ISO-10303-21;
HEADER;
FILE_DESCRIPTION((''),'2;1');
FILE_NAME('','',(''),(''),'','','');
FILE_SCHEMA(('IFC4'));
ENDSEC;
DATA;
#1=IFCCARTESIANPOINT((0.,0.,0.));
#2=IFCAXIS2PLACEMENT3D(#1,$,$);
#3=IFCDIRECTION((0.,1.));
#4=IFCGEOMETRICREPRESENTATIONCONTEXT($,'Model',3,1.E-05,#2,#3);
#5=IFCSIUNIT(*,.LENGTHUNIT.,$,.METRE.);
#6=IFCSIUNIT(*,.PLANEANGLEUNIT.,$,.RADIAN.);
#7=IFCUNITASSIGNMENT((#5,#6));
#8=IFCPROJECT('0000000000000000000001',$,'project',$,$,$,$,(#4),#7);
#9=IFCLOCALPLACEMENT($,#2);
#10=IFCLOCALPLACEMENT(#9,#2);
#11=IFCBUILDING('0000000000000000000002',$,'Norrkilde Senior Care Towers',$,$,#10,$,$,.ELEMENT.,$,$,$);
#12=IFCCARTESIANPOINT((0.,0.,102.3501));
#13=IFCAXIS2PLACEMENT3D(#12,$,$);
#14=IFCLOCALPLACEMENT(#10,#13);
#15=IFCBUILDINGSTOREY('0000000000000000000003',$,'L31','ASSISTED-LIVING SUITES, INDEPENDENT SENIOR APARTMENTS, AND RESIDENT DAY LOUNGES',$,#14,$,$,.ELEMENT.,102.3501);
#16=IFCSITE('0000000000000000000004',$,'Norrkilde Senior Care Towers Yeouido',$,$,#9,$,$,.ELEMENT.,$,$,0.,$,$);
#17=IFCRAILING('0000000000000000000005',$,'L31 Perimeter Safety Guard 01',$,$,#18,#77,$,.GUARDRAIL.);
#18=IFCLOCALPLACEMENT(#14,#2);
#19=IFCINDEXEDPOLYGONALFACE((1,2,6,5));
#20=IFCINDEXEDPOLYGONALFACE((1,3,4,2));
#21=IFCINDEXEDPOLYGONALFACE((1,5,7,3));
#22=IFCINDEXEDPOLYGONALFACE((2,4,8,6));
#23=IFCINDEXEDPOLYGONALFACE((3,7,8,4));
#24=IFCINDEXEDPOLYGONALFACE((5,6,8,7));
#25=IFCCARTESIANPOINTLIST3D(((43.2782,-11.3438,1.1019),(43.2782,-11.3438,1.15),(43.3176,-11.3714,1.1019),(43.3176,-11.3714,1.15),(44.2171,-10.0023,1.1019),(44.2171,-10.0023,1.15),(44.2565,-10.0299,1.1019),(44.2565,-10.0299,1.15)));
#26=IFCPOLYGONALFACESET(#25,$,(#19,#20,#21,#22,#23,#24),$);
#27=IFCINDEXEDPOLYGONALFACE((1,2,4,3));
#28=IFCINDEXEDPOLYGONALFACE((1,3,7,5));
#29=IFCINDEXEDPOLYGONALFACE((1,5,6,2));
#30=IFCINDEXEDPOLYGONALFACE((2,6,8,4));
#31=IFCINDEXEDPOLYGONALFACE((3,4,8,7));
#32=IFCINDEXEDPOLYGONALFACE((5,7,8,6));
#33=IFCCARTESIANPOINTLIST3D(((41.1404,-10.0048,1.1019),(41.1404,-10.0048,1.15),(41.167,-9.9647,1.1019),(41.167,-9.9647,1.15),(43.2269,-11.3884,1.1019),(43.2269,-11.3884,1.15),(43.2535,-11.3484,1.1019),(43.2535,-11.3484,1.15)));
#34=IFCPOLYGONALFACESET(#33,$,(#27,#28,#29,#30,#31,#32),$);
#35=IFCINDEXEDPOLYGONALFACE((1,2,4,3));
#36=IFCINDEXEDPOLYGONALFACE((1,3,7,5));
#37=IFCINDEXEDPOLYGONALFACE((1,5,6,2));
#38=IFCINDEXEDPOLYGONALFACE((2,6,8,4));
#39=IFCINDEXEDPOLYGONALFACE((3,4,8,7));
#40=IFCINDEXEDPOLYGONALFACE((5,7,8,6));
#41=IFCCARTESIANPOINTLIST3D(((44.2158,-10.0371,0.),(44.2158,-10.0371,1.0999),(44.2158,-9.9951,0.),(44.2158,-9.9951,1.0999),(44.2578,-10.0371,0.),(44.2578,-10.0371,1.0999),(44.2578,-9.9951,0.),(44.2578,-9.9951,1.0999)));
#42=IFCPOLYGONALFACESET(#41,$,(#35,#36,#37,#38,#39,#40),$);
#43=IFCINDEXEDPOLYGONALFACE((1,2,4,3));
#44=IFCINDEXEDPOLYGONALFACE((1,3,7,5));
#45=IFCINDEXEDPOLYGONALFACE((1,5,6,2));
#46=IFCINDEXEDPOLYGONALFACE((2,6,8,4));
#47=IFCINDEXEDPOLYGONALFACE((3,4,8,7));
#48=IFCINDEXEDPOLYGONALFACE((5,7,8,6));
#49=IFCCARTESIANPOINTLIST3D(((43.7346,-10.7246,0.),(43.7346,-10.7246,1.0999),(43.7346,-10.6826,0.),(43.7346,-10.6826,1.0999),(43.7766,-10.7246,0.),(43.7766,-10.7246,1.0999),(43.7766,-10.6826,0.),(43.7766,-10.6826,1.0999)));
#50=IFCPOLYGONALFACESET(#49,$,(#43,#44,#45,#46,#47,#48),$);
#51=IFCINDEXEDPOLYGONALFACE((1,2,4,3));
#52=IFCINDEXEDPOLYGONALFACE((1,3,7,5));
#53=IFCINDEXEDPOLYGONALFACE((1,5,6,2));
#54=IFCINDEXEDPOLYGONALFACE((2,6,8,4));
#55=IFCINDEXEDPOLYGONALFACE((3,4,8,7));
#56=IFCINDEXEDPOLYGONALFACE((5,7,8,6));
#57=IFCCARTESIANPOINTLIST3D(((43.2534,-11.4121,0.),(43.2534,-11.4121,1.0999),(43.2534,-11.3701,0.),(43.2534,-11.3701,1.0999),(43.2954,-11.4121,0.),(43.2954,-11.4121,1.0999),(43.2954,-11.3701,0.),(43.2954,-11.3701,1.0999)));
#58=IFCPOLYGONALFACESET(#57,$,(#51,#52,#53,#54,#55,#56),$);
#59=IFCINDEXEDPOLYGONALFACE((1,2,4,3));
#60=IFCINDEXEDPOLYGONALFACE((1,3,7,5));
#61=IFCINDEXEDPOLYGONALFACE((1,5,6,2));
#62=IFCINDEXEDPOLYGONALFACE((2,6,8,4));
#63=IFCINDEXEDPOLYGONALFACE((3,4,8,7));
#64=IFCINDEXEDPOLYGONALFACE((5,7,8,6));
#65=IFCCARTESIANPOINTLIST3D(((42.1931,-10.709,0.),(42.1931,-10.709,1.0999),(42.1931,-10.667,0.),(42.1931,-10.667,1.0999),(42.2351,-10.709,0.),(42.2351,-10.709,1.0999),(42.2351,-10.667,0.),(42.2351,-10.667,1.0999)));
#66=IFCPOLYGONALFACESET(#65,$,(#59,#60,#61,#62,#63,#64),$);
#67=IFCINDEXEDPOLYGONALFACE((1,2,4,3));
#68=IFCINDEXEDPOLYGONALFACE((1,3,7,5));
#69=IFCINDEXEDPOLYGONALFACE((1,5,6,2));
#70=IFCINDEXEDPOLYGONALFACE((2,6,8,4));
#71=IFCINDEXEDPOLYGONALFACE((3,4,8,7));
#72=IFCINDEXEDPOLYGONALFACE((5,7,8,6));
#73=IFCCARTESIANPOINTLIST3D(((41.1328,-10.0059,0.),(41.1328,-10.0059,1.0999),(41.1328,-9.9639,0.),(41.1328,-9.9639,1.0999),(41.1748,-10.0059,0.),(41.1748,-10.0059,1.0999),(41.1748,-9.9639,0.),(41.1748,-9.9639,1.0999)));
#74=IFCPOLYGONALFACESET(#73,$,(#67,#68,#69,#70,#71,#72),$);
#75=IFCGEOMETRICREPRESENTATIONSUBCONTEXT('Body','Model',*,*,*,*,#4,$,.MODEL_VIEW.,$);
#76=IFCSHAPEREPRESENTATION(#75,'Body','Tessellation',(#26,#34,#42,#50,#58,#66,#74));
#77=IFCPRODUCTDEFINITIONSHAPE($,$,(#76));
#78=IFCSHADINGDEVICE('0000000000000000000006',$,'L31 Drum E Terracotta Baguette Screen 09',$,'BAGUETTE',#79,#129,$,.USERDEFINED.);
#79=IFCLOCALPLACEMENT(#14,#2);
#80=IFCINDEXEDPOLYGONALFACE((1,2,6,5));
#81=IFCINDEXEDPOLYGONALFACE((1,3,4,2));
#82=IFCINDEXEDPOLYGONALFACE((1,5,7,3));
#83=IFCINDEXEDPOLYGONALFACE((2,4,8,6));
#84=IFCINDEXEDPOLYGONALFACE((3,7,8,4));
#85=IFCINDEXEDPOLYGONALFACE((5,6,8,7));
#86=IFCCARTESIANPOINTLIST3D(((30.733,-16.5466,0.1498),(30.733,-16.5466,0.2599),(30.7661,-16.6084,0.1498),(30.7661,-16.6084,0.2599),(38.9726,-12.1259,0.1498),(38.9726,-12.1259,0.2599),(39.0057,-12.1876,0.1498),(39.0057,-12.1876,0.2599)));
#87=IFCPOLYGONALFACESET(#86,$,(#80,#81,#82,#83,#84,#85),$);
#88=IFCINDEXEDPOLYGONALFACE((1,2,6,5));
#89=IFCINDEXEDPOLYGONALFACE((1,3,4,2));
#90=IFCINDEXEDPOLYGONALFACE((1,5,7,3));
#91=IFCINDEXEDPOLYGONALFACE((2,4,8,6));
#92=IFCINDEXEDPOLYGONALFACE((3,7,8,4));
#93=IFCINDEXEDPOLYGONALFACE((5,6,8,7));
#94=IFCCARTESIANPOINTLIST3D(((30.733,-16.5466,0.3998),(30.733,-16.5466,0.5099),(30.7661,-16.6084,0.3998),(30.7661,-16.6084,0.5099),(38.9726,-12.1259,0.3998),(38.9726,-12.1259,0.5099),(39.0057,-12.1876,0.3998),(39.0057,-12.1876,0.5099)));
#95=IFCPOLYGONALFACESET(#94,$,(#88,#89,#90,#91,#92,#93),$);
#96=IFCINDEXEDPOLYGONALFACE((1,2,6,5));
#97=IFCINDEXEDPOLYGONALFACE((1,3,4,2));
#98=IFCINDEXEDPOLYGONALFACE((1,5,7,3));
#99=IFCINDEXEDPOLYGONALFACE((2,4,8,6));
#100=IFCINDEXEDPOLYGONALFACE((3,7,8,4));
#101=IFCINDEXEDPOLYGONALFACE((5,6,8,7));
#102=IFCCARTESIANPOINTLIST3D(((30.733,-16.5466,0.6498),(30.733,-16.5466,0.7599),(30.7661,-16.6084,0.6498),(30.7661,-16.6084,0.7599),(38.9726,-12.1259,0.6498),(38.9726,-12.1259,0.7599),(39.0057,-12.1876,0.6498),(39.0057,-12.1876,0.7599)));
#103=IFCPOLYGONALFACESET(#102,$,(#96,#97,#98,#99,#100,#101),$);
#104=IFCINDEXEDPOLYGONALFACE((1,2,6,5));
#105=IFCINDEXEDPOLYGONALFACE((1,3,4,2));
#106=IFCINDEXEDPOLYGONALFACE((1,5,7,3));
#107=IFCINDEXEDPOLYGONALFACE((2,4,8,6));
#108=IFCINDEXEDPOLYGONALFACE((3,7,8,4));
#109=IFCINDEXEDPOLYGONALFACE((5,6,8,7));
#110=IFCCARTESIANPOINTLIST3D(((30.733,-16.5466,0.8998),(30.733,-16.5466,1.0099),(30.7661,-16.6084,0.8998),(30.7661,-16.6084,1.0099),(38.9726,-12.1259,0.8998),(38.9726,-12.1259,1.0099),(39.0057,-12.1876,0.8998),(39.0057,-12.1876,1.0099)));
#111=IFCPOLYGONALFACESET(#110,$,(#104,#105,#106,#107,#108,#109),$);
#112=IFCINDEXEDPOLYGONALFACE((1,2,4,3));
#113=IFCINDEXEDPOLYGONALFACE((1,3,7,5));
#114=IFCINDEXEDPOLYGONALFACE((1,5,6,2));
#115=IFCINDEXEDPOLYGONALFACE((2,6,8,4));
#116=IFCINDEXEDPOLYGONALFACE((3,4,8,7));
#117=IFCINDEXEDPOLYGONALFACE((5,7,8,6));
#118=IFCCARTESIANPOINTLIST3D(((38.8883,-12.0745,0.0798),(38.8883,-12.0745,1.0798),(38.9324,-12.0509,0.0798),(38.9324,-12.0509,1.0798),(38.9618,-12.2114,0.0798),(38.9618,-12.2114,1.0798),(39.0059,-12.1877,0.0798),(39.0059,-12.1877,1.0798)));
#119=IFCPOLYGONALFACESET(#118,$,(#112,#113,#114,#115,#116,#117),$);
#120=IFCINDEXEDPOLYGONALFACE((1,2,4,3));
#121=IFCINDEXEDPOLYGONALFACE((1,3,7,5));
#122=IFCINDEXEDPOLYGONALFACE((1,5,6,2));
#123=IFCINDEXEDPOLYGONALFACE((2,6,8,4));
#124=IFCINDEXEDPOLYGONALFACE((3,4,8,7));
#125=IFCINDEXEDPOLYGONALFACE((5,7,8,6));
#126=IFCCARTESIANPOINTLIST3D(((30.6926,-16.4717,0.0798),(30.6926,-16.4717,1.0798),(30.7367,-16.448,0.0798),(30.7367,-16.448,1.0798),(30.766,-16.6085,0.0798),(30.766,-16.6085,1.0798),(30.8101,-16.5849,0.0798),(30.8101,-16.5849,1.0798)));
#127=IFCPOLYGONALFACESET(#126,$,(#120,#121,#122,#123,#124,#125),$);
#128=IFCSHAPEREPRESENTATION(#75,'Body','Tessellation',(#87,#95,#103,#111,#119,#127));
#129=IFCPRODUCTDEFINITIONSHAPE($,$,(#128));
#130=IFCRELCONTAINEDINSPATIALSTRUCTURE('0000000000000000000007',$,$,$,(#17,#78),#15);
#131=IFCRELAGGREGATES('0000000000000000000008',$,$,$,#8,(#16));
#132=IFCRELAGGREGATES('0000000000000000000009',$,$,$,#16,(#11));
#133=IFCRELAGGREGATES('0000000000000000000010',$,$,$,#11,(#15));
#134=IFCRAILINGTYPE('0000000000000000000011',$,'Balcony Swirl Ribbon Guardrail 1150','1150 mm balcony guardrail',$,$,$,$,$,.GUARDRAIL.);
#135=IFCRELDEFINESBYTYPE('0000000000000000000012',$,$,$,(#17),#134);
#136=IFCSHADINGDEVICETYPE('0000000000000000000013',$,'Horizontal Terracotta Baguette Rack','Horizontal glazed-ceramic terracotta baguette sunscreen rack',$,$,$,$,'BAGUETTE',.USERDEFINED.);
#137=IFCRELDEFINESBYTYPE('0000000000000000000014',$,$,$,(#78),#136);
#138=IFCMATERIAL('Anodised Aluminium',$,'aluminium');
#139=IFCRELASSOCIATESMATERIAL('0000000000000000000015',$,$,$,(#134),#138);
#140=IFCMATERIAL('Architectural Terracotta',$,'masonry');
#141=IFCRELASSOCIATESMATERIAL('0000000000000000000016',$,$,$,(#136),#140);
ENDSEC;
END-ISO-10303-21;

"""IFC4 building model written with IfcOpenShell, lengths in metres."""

from ifc_helpers import new_model, si_unit, direction, frame, origin, origin_2d, place, context, subcontext, project, spatial, rectangle, extrude, source, transform, mapped, material, type_object, type_shapes, element, save


model = new_model("IFC4")

# Units and contexts
model_context = context("Model", 3, precision=1e-05, world=origin(), true_north=direction((0.0, 1.0)))
body_context = subcontext(model_context, "Body", "Model", "MODEL_VIEW")
ifc_project = project(units=[si_unit("LENGTHUNIT", "METRE"), si_unit("PLANEANGLEUNIT", "RADIAN")], contexts=[model_context])

# Site, building, storey
site_placement = place(None, origin())
site = spatial("IfcSite", under=ifc_project, at=site_placement, Name="Norrkilde Senior Care Towers Yeouido", CompositionType="ELEMENT", RefElevation=0.0)
building_placement = place(site_placement, origin())
building = spatial("IfcBuilding", under=site, at=building_placement, Name="Norrkilde Senior Care Towers", CompositionType="ELEMENT")
storey_placement = place(building_placement, frame((0.0, 0.0, 102.3501)))
storey = spatial("IfcBuildingStorey", under=building, at=storey_placement, Name="L31", Description="ASSISTED-LIVING SUITES, INDEPENDENT SENIOR APARTMENTS, AND RESIDENT DAY LOUNGES", CompositionType="ELEMENT", Elevation=102.3501)

# Shared definitions
ifc_material_1 = material(Name="Anodised Aluminium", Category="aluminium")

# Railing
railing_type = type_object("IfcRailingType", Name="Balcony Swirl Ribbon Guardrail 1150", Description="1150 mm balcony guardrail", PredefinedType="GUARDRAIL", material=ifc_material_1)
railing_placement = place(storey_placement, frame((44.2368, -10.0161, 0.0)))
element("IfcRailing", 1, at=railing_placement, inside=storey, type_object=railing_type, Name="L31 Perimeter Safety Guard 01", PredefinedType="GUARDRAIL", context=body_context, shape_type="SweptSolid", body=[
    extrude(rectangle(XDim=0.0481, YDim=0.0481, at=origin_2d()), frame((0.0, 0.0, 1.126), z_axis=(-0.573423, -0.819259, 0.0), x_axis=(0.819259, -0.573423, 0.0)), (0.0, 0.0, 1.0), 1.6375),
    extrude(rectangle(XDim=0.0481, YDim=0.0481, at=origin_2d()), frame((-0.9966, -1.3523, 1.126), z_axis=(-0.833406, 0.552661, 0.0), x_axis=(-0.552661, -0.833406, 0.0)), (0.0, 0.0, 1.0), 2.5037),
    extrude(rectangle(XDim=0.042, YDim=0.042, at=origin_2d()), origin(), (0.0, 0.0, 1.0), 1.0999),
    extrude(rectangle(XDim=0.042, YDim=0.042, at=origin_2d()), frame((-0.4812, -0.6875, 0.0)), (0.0, 0.0, 1.0), 1.0999),
    extrude(rectangle(XDim=0.042, YDim=0.042, at=origin_2d()), frame((-0.9624, -1.375, 0.0)), (0.0, 0.0, 1.0), 1.0999),
    extrude(rectangle(XDim=0.042, YDim=0.042, at=origin_2d()), frame((-2.0227, -0.6719, 0.0)), (0.0, 0.0, 1.0), 1.0999),
    extrude(rectangle(XDim=0.042, YDim=0.042, at=origin_2d()), frame((-3.083, 0.0312, 0.0)), (0.0, 0.0, 1.0), 1.0999),
])

# Shading device
ifc_material_2 = material(Name="Architectural Terracotta", Category="masonry")
shading_device_type = type_object("IfcShadingDeviceType", Name="Horizontal Terracotta Baguette Rack", Description="Horizontal glazed-ceramic terracotta baguette sunscreen rack", ElementType="BAGUETTE", PredefinedType="USERDEFINED", material=ifc_material_2)
shared_shape_1 = source(origin(), body_context, "Body", "SweptSolid", [
    extrude(rectangle(XDim=0.0701, YDim=0.1101, at=origin_2d()), frame((0.0, 0.0901, 0.125), z_axis=(1.0, 0.0, 0.0), x_axis=(0.0, 1.0, 0.0)), (0.0, 0.0, 1.0), 9.3506),
    extrude(rectangle(XDim=0.0701, YDim=0.1101, at=origin_2d()), frame((0.0, 0.0901, 0.375), z_axis=(1.0, 0.0, 0.0), x_axis=(0.0, 1.0, 0.0)), (0.0, 0.0, 1.0), 9.3506),
    extrude(rectangle(XDim=0.0701, YDim=0.1101, at=origin_2d()), frame((0.0, 0.0901, 0.625), z_axis=(1.0, 0.0, 0.0), x_axis=(0.0, 1.0, 0.0)), (0.0, 0.0, 1.0), 9.3506),
    extrude(rectangle(XDim=0.0701, YDim=0.1101, at=origin_2d()), frame((0.0, 0.0901, 0.875), z_axis=(1.0, 0.0, 0.0), x_axis=(0.0, 1.0, 0.0)), (0.0, 0.0, 1.0), 9.3506),
    extrude(rectangle(XDim=0.05, YDim=0.1553, at=origin_2d()), frame((0.0249, 0.0476, 0.0)), (0.0, 0.0, 1.0), 1.0),
    extrude(rectangle(XDim=0.05, YDim=0.1553, at=origin_2d()), frame((9.3257, 0.0476, 0.0)), (0.0, 0.0, 1.0), 1.0),
])
type_shapes(shading_device_type, [shared_shape_1])
shading_device_placement = place(storey_placement, frame((38.9465, -12.0774, 0.0798), z_axis=(0.0, 0.0, 1.0), x_axis=(-0.881175, -0.472768, 0.0)))
element("IfcShadingDevice", 2, at=shading_device_placement, inside=storey, type_object=shading_device_type, Name="L31 Drum E Terracotta Baguette Screen 09", ObjectType="BAGUETTE", PredefinedType="USERDEFINED", context=body_context, shape_type="MappedRepresentation", body=[
    mapped(shared_shape_1, transform((0.0, 0.0, 0.0), x_axis=(1.0, 0.0, 0.0), y_axis=(0.0, 1.0, 0.0), z_axis=(0.0, 0.0, 1.0), scale=1.0)),
])

save(model, "model.ifc")
